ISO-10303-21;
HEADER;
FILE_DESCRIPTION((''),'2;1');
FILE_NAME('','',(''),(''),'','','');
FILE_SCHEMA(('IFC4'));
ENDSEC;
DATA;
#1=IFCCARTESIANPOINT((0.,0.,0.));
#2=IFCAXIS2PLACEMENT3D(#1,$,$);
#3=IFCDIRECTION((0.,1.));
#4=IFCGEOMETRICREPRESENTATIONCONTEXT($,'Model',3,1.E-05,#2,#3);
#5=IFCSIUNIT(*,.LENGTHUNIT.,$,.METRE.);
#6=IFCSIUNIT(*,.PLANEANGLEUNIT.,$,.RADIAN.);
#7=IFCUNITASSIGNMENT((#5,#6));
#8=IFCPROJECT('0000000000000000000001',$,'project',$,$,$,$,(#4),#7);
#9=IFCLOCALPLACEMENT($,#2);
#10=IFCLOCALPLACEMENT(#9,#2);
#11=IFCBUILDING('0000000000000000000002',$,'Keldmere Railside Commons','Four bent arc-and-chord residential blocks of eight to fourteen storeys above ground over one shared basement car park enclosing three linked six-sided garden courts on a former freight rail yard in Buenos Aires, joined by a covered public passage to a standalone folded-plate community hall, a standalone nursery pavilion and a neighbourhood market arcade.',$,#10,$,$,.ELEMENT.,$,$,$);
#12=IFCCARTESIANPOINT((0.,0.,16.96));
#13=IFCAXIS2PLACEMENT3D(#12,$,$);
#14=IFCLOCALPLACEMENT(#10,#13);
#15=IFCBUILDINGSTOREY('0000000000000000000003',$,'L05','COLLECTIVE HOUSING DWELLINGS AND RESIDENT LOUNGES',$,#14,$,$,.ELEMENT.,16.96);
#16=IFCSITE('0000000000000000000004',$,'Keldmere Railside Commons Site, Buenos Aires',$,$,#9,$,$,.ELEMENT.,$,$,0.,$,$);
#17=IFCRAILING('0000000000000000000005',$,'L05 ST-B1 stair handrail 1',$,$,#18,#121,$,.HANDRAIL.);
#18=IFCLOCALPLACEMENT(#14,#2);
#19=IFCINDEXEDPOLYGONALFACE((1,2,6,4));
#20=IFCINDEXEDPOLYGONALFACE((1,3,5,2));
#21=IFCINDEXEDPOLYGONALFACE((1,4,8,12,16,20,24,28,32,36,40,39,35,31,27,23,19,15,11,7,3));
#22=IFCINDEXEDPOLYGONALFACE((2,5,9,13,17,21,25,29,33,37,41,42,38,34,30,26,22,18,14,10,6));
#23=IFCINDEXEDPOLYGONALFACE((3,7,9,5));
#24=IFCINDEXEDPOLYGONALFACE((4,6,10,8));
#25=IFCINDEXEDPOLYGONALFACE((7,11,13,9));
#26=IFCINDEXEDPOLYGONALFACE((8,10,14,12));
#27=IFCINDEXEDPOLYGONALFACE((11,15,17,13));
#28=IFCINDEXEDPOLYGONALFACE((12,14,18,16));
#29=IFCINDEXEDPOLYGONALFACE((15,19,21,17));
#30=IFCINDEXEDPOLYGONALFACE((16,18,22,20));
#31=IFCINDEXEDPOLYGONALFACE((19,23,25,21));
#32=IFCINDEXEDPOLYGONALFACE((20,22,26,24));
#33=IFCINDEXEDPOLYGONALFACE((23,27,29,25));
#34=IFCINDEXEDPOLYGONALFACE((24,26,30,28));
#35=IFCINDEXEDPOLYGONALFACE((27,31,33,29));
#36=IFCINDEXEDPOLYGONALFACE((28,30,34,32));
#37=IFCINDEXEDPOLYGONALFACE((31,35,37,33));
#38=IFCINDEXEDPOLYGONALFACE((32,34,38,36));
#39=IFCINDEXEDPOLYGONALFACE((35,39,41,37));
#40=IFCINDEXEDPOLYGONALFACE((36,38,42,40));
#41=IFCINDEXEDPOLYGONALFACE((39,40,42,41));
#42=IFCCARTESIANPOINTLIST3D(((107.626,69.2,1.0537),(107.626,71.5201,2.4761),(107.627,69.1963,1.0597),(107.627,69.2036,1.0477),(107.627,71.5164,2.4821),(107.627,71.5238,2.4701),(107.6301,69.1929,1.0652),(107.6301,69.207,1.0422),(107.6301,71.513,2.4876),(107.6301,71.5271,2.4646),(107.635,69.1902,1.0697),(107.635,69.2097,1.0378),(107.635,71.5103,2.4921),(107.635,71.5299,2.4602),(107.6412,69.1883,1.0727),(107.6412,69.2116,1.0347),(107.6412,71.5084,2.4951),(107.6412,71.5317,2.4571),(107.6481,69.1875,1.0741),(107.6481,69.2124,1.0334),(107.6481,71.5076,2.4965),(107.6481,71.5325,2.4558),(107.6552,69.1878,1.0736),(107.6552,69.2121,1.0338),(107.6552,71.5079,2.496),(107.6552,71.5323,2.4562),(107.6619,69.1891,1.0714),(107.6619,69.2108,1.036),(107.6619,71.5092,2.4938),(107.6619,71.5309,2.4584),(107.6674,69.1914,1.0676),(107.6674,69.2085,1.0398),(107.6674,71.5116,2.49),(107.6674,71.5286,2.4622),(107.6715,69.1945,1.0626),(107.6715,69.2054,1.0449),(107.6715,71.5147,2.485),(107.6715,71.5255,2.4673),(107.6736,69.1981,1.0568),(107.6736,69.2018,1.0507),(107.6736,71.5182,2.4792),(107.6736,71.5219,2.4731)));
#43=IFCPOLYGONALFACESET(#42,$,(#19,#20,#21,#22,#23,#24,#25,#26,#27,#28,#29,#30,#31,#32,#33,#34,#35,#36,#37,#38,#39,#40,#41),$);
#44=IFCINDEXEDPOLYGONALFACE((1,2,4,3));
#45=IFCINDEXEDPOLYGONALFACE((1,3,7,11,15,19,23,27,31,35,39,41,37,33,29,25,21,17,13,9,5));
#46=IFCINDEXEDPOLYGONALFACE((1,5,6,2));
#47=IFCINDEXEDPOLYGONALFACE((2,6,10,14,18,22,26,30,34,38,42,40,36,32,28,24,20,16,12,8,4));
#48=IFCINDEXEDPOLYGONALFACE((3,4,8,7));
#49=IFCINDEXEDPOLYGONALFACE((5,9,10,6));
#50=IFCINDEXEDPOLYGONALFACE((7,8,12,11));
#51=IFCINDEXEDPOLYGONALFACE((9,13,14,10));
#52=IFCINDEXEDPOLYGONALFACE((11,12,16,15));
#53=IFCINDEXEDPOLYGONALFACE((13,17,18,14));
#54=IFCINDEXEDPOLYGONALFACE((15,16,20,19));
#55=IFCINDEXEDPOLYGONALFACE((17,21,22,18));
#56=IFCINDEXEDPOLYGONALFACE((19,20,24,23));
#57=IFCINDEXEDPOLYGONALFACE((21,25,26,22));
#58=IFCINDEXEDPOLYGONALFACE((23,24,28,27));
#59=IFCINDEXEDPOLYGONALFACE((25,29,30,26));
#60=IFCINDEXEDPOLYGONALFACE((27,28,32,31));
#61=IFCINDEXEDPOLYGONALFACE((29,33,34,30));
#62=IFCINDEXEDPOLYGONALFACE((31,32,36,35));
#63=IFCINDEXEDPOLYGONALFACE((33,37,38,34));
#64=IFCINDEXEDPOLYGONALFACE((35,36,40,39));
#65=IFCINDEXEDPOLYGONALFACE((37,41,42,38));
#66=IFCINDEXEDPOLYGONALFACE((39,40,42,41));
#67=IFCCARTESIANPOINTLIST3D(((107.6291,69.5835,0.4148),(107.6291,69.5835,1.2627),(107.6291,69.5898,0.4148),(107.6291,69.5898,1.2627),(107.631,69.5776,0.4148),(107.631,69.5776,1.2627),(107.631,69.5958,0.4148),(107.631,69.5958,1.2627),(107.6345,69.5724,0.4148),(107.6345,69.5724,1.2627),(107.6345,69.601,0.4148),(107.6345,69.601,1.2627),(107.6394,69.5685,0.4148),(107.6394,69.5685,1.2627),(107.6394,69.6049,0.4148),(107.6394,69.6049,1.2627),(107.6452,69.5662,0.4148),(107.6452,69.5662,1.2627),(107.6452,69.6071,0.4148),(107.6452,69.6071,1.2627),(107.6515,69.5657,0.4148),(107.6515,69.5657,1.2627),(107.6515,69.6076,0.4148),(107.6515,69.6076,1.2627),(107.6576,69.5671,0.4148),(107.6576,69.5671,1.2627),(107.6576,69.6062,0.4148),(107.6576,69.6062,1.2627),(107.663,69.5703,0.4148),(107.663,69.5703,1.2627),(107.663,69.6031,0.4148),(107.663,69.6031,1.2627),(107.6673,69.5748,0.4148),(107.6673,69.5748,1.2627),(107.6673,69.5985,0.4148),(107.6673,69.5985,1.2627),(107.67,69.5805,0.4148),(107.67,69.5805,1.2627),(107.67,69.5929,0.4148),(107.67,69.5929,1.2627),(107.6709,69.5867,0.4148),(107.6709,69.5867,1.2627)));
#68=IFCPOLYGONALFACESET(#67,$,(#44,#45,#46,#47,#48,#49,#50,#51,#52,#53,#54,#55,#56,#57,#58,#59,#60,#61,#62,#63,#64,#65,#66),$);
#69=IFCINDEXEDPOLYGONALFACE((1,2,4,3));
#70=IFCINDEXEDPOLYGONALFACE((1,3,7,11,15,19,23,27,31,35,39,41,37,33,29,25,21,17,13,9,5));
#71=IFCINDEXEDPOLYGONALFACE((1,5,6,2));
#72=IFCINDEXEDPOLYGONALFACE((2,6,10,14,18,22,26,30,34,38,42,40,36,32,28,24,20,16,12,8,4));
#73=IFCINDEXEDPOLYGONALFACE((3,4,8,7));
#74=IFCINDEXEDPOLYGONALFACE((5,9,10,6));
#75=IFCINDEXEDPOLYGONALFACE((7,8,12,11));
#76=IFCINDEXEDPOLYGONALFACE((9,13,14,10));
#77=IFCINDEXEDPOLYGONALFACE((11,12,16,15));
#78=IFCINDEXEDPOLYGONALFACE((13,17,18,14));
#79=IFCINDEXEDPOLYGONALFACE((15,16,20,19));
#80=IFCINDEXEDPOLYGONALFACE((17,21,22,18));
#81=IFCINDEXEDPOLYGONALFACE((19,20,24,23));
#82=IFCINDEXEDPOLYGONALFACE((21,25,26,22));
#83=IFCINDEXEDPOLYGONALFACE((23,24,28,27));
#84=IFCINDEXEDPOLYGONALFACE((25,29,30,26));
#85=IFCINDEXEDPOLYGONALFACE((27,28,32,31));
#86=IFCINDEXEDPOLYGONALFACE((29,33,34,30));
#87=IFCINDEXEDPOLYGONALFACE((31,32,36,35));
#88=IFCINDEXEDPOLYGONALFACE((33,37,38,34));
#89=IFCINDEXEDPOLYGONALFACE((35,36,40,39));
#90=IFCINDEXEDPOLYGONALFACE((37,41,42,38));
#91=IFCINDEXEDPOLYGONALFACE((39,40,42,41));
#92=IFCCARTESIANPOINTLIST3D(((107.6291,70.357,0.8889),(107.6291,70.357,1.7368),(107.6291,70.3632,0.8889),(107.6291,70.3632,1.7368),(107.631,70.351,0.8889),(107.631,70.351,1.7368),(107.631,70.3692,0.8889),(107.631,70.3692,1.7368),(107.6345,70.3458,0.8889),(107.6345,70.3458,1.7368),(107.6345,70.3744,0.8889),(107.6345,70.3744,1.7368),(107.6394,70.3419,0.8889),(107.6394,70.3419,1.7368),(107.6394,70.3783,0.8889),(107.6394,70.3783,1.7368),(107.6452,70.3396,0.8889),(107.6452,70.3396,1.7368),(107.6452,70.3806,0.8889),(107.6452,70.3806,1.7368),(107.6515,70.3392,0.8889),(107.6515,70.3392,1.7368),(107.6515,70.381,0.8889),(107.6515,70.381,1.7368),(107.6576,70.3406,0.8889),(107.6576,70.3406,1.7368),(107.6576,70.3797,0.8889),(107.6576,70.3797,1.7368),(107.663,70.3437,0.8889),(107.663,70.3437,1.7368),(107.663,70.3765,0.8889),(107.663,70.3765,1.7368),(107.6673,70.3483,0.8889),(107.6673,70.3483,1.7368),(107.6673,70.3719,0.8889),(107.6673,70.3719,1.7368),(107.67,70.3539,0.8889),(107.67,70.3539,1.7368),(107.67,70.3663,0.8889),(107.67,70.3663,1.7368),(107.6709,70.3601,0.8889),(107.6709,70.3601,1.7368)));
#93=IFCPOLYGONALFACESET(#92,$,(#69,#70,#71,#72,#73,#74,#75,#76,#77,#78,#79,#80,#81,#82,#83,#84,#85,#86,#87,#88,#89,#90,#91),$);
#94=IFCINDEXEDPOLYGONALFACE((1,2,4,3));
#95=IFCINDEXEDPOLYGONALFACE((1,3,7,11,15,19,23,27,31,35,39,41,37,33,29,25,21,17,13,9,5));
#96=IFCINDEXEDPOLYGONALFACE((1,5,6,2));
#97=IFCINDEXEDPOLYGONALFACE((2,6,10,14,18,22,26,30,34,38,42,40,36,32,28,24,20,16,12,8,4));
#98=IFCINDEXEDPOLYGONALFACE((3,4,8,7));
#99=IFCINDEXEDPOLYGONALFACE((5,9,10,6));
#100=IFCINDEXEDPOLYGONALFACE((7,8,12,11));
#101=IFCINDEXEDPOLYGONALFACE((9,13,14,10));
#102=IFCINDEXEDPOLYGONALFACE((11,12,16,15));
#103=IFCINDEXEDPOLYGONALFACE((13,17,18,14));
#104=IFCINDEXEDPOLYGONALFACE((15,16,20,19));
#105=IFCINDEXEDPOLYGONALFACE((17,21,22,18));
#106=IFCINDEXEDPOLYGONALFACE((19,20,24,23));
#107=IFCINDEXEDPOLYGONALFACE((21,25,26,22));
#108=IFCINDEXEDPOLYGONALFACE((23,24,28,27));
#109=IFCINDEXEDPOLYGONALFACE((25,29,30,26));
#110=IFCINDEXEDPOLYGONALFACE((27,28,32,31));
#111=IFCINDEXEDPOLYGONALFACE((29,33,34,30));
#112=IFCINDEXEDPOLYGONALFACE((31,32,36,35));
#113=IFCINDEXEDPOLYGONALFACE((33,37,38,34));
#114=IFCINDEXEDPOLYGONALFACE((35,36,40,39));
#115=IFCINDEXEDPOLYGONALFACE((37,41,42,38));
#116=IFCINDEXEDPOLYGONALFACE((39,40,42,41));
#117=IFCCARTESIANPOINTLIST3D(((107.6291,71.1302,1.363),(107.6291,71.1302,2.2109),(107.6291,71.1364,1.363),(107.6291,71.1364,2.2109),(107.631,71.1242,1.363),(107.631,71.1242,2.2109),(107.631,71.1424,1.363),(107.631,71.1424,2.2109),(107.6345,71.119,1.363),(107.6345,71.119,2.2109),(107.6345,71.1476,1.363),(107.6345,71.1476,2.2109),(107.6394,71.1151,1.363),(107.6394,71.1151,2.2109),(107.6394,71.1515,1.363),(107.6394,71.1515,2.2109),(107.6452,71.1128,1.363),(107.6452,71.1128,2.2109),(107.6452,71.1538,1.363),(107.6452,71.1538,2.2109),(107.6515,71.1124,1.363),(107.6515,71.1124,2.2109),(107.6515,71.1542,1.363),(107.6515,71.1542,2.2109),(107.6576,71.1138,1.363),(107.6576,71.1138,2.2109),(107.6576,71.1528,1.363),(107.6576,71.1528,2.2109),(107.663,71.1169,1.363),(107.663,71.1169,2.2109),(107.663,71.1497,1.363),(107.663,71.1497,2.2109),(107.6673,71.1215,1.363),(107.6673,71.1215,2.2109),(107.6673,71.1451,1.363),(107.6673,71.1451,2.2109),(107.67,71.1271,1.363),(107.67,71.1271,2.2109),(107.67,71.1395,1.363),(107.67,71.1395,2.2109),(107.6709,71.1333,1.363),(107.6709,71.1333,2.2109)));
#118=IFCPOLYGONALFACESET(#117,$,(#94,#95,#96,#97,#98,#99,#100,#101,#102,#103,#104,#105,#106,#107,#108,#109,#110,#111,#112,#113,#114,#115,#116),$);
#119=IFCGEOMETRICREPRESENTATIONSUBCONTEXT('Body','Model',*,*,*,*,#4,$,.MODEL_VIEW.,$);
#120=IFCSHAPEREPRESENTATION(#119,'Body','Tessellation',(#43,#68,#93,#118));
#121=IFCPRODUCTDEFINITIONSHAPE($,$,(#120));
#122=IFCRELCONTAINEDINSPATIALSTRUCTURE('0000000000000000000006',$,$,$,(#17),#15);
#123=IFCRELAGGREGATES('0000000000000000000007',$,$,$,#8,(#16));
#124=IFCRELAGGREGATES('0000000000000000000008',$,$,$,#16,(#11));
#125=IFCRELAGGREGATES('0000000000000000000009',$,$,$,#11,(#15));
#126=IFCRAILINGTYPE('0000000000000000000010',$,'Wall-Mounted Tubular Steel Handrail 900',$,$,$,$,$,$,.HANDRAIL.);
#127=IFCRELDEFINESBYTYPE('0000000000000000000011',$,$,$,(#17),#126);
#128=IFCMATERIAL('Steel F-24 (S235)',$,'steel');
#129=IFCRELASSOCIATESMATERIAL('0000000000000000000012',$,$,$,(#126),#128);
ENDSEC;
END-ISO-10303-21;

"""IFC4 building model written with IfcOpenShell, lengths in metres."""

from ifc_helpers import new_model, si_unit, direction, frame, origin, origin_2d, place, context, subcontext, project, spatial, circle, extrude, material, type_object, element, save


model = new_model("IFC4")

# Units and contexts
model_context = context("Model", 3, precision=1e-05, world=origin(), true_north=direction((0.0, 1.0)))
body_context = subcontext(model_context, "Body", "Model", "MODEL_VIEW")
ifc_project = project(units=[si_unit("LENGTHUNIT", "METRE"), si_unit("PLANEANGLEUNIT", "RADIAN")], contexts=[model_context])

# Site, building, storey
site_placement = place(None, origin())
site = spatial("IfcSite", under=ifc_project, at=site_placement, Name="Keldmere Railside Commons Site, Buenos Aires", CompositionType="ELEMENT", RefElevation=0.0)
building_placement = place(site_placement, origin())
building = spatial("IfcBuilding", under=site, at=building_placement, Name="Keldmere Railside Commons", Description="Four bent arc-and-chord residential blocks of eight to fourteen storeys above ground over one shared basement car park enclosing three linked six-sided garden courts on a former freight rail yard in Buenos Aires, joined by a covered public passage to a standalone folded-plate community hall, a standalone nursery pavilion and a neighbourhood market arcade.", CompositionType="ELEMENT")
storey_placement = place(building_placement, frame((0.0, 0.0, 16.96)))
storey = spatial("IfcBuildingStorey", under=building, at=storey_placement, Name="L05", Description="COLLECTIVE HOUSING DWELLINGS AND RESIDENT LOUNGES", CompositionType="ELEMENT", Elevation=16.96)

# Shared definitions
ifc_material_1 = material(Name="Steel F-24 (S235)", Category="steel")

# Railing
railing_type_1 = type_object("IfcRailingType", Name="Wall-Mounted Tubular Steel Handrail 900", PredefinedType="HANDRAIL", material=ifc_material_1)
railing_1_placement = place(storey_placement, frame((107.6499, 69.2, 0.1777)))
element("IfcRailing", 1, at=railing_1_placement, inside=storey, type_object=railing_type_1, Name="L05 ST-B1 stair handrail 1", PredefinedType="HANDRAIL", context=body_context, shape_type="SweptSolid", body=[
    extrude(circle(Radius=0.0239, at=origin_2d()), frame((0.0, 0.0, 0.876), z_axis=(0.0, 0.852538, 0.522665), x_axis=(-1.0, 0.0, 0.0)), (0.0, 0.0, 1.0), 2.7214),
    extrude(circle(Radius=0.021, at=origin_2d()), frame((0.0, 0.3867, 0.2371)), (0.0, 0.0, 1.0), 0.8479),
    extrude(circle(Radius=0.021, at=origin_2d()), frame((0.0, 1.1602, 0.7112)), (0.0, 0.0, 1.0), 0.8479),
    extrude(circle(Radius=0.021, at=origin_2d()), frame((0.0, 1.9333, 1.1853)), (0.0, 0.0, 1.0), 0.8479),
])

save(model, "model.ifc")
